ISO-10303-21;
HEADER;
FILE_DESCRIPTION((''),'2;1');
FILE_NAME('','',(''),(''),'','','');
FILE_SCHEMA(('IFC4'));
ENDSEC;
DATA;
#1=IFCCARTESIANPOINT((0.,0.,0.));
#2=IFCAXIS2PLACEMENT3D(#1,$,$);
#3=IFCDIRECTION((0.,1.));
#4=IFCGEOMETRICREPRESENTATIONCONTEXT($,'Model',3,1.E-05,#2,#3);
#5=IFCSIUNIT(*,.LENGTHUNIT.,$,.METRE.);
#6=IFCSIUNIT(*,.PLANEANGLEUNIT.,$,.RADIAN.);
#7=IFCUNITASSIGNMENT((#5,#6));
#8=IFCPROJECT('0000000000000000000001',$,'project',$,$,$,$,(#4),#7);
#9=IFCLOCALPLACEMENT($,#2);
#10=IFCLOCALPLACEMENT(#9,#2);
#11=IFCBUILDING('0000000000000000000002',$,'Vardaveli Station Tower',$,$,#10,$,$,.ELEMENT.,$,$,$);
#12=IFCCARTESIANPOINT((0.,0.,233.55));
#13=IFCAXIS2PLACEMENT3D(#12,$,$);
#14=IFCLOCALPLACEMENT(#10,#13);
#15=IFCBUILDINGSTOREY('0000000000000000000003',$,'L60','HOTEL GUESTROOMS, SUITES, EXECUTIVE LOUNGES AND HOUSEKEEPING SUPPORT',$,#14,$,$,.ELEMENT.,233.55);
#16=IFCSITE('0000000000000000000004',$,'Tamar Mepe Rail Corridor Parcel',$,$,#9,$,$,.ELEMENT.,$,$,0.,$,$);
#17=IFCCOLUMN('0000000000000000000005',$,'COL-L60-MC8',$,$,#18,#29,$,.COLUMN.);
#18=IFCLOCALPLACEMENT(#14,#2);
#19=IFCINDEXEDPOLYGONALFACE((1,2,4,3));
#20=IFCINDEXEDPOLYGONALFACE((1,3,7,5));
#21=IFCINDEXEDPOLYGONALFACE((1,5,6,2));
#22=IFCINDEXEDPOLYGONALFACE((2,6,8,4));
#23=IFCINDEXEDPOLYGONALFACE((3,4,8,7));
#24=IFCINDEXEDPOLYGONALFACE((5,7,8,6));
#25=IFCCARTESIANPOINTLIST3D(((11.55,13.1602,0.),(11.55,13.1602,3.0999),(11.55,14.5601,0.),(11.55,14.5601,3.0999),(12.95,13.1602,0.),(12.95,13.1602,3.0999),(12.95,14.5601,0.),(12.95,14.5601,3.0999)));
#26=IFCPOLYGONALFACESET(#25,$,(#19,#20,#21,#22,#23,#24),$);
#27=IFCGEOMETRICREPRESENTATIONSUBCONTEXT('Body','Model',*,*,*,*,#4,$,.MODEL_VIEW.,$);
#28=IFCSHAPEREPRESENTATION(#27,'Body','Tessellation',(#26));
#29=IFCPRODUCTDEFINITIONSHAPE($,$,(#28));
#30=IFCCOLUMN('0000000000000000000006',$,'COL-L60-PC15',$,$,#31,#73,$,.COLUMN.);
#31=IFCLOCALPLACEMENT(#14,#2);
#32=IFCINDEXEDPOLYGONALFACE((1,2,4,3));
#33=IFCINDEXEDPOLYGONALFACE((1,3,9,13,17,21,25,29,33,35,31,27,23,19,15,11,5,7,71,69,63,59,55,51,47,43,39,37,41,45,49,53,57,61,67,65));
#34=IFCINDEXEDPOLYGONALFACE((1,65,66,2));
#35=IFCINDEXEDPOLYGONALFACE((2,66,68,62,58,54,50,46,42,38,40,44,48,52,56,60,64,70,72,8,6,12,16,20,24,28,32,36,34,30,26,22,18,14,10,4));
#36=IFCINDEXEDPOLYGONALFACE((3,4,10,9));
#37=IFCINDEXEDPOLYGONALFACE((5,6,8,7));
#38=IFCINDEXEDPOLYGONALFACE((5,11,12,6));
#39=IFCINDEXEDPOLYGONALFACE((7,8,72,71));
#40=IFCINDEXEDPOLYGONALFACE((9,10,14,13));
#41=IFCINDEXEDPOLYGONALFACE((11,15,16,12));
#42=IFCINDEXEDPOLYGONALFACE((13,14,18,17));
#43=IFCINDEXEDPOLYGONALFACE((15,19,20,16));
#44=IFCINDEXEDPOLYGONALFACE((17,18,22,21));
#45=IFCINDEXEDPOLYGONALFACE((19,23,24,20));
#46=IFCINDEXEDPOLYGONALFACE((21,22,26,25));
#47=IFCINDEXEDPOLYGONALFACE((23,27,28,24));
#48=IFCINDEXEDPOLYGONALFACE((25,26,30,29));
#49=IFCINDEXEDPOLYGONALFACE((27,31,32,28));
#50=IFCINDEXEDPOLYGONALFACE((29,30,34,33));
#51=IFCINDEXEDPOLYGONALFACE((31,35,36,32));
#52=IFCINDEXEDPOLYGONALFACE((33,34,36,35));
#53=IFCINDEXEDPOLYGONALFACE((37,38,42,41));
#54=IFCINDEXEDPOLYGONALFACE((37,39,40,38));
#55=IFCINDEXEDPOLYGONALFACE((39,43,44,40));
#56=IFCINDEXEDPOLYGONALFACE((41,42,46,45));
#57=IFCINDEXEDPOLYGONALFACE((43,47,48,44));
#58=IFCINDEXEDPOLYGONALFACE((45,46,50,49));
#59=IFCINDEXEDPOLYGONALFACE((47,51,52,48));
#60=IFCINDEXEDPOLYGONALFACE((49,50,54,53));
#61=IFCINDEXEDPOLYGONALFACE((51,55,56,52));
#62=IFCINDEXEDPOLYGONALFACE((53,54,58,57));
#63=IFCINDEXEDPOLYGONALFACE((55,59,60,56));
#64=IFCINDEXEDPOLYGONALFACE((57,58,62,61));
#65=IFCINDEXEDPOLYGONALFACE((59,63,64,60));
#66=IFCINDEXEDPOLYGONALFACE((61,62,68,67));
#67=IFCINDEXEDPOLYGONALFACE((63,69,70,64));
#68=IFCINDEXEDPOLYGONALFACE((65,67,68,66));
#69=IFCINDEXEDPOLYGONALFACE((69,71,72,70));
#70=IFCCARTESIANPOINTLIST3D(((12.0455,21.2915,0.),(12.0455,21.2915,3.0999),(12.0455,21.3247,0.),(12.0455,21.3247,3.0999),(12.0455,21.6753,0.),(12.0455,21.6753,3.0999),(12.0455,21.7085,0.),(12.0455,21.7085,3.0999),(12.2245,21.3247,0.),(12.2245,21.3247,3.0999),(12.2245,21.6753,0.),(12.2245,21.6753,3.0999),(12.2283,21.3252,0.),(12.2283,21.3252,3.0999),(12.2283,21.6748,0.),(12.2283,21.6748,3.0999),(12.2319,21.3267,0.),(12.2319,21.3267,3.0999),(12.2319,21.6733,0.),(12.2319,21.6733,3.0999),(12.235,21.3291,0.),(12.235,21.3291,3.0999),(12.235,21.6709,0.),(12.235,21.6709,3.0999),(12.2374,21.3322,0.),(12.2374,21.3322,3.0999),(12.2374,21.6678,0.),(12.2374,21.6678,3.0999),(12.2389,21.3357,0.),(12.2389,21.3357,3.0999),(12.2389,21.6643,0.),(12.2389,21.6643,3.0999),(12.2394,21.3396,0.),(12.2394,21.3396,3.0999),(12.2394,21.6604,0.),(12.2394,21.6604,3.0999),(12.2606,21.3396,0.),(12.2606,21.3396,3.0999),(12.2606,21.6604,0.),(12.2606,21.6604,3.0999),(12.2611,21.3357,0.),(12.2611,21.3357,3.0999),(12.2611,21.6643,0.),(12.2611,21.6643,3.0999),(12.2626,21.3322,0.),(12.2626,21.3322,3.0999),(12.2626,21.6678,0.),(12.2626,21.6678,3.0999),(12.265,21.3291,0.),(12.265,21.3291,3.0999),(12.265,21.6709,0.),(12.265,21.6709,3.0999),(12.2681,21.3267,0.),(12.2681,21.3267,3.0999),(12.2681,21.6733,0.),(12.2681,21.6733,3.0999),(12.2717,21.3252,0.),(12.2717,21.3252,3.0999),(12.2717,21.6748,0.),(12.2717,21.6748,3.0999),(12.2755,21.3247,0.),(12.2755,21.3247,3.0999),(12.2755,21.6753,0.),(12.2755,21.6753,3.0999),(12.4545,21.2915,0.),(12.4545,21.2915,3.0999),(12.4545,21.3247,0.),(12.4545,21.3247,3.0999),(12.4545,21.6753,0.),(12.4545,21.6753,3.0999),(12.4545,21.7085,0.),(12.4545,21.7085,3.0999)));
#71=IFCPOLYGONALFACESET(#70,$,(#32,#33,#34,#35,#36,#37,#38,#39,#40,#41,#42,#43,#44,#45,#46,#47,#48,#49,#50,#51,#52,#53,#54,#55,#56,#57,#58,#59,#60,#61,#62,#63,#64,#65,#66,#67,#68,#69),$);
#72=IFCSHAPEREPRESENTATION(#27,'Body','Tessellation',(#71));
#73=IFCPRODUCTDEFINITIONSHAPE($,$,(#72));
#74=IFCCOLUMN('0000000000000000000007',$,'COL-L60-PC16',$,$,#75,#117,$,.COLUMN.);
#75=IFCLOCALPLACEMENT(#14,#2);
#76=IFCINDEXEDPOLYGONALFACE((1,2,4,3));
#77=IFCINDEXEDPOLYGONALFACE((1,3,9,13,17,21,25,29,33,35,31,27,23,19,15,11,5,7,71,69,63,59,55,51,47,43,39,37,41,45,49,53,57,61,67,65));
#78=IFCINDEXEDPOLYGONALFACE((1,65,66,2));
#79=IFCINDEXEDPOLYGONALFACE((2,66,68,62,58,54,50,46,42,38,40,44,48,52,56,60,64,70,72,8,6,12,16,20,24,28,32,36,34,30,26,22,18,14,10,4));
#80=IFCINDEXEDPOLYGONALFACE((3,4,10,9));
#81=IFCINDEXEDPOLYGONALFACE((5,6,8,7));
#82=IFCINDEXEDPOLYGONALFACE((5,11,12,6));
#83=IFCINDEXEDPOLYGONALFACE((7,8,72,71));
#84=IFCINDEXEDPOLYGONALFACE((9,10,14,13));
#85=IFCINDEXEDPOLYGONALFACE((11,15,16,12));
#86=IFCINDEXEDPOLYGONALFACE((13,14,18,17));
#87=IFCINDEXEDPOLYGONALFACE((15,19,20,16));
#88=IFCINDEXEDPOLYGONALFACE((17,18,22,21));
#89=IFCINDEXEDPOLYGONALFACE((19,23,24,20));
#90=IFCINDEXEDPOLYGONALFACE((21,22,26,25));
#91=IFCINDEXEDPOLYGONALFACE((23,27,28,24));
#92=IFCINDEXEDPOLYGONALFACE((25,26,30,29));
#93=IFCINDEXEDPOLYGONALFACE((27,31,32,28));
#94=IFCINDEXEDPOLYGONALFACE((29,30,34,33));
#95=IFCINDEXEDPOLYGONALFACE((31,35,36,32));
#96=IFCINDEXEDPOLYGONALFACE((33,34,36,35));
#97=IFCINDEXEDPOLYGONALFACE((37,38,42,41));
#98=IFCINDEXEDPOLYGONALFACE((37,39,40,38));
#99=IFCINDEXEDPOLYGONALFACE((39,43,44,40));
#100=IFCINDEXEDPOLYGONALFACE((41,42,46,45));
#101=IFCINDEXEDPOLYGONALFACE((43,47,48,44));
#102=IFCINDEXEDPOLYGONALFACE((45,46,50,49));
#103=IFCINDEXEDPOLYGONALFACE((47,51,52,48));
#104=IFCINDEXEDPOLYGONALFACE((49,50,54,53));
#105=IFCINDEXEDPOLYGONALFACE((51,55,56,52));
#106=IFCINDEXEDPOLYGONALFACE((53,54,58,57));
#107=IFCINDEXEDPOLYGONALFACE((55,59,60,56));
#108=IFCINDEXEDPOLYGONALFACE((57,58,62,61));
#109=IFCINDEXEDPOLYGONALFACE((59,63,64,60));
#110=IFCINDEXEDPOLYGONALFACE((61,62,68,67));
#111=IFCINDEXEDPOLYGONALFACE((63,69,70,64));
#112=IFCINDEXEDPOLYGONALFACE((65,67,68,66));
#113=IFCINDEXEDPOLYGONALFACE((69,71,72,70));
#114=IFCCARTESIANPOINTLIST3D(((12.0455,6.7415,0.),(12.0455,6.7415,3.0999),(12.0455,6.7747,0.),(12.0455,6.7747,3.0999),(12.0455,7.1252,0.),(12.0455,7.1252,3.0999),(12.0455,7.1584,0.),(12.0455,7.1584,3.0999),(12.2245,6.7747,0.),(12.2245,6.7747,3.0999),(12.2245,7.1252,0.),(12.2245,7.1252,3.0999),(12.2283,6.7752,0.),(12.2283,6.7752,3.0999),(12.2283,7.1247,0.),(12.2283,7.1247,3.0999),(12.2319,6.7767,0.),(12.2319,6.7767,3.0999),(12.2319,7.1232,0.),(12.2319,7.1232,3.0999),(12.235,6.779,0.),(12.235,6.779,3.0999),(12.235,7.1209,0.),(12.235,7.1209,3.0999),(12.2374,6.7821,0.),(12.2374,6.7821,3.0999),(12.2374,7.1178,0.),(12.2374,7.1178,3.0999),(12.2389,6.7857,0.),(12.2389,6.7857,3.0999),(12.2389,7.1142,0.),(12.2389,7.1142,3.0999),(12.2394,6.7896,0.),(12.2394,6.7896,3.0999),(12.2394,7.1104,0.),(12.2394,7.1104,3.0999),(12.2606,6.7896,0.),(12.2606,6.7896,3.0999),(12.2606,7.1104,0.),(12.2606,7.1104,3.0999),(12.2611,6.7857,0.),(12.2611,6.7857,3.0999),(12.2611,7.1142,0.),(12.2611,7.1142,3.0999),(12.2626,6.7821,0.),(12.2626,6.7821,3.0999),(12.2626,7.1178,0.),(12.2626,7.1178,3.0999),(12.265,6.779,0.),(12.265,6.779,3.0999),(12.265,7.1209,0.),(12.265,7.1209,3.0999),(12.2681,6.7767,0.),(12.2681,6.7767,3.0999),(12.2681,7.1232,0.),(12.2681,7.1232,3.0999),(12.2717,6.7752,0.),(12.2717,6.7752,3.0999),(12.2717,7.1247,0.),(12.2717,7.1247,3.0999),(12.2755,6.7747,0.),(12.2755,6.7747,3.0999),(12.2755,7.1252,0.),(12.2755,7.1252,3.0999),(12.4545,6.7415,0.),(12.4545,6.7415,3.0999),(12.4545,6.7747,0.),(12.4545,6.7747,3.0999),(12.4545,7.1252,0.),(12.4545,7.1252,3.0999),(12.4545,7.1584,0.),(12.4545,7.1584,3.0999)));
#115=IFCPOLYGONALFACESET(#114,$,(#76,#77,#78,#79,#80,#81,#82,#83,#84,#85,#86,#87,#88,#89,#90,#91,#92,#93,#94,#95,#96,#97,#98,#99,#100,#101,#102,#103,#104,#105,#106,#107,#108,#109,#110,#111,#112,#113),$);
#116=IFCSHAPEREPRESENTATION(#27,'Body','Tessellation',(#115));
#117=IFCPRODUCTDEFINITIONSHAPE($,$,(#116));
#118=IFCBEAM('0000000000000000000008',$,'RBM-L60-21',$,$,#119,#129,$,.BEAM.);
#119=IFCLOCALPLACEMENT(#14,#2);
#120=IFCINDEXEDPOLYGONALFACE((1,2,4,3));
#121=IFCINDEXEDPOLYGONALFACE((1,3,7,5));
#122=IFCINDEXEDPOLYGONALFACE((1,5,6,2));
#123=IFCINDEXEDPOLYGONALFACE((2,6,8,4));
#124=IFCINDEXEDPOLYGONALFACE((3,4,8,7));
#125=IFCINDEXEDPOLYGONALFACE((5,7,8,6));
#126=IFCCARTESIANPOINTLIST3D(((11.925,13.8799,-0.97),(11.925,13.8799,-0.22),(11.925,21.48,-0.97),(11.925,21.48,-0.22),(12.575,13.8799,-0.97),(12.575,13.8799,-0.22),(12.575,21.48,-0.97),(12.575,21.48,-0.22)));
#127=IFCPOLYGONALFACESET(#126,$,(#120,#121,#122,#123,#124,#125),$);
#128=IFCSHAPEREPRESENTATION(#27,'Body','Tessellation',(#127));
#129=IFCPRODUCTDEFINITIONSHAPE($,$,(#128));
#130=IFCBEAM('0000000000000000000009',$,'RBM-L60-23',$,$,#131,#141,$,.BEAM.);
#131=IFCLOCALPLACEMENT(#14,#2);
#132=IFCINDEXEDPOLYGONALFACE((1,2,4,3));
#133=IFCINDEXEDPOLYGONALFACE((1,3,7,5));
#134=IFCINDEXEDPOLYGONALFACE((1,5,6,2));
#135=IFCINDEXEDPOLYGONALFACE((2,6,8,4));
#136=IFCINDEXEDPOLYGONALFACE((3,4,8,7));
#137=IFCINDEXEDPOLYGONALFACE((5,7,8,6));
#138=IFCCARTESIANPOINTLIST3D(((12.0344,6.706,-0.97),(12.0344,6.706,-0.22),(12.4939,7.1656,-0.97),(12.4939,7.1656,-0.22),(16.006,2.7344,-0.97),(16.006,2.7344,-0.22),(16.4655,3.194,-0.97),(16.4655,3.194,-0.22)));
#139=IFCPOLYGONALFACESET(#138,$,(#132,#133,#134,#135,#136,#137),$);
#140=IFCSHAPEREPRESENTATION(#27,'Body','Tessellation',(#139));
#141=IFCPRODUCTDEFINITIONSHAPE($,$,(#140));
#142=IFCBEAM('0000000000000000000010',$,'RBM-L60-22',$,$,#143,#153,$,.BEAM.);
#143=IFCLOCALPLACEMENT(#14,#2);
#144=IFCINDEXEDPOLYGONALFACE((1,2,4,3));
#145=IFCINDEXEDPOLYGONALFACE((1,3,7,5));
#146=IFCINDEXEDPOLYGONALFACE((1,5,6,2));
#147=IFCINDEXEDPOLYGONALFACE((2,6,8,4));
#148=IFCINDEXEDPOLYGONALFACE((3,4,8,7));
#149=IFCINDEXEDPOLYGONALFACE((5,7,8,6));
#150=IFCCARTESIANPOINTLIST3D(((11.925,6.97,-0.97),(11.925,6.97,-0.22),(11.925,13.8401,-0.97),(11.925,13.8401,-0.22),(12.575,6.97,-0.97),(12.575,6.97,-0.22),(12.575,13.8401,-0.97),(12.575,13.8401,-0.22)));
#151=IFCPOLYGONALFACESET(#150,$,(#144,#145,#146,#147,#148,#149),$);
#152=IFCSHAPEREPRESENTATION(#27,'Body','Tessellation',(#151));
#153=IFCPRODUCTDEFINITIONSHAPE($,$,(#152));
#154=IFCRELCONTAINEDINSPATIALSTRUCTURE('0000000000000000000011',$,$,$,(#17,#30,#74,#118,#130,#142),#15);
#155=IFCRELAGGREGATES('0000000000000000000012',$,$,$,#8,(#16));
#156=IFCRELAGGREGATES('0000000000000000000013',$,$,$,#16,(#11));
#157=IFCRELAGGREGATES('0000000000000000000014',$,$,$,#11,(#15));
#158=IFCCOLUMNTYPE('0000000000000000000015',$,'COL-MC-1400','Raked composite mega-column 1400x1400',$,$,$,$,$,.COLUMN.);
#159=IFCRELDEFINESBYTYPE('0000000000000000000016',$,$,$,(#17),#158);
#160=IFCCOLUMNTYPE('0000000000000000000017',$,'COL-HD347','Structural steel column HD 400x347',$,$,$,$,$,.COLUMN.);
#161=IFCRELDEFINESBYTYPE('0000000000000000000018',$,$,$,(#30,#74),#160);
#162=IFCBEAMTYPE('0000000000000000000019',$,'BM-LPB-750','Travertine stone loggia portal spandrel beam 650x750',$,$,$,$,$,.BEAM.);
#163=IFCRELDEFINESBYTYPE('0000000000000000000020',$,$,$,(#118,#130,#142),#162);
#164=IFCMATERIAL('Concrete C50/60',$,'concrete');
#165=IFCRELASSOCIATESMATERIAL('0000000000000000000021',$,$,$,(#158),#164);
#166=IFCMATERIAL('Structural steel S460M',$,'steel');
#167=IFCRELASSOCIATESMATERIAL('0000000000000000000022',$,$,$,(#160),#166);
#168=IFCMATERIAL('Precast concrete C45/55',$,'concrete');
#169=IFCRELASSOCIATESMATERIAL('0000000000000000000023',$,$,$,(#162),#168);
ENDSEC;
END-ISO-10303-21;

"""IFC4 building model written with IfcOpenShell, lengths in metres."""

from ifc_helpers import new_model, si_unit, direction, frame, origin, origin_2d, place, context, subcontext, project, spatial, rectangle, i_section, extrude, source, transform, mapped, material, material_profile, profile_set, type_object, element, save


model = new_model("IFC4")

# Units and contexts
model_context = context("Model", 3, precision=1e-05, world=origin(), true_north=direction((0.0, 1.0)))
body_context = subcontext(model_context, "Body", "Model", "MODEL_VIEW")
ifc_project = project(units=[si_unit("LENGTHUNIT", "METRE"), si_unit("PLANEANGLEUNIT", "RADIAN")], contexts=[model_context])

# Site, building, storey
site_placement = place(None, origin())
site = spatial("IfcSite", under=ifc_project, at=site_placement, Name="Tamar Mepe Rail Corridor Parcel", CompositionType="ELEMENT", RefElevation=0.0)
building_placement = place(site_placement, origin())
building = spatial("IfcBuilding", under=site, at=building_placement, Name="Vardaveli Station Tower", CompositionType="ELEMENT")
storey_placement = place(building_placement, frame((0.0, 0.0, 233.55)))
storey = spatial("IfcBuildingStorey", under=building, at=storey_placement, Name="L60", Description="HOTEL GUESTROOMS, SUITES, EXECUTIVE LOUNGES AND HOUSEKEEPING SUPPORT", CompositionType="ELEMENT", Elevation=233.55)

# Columns
ifc_material_1 = material(Name="Concrete C50/60", Category="concrete")
ifc_material_profile_1 = material_profile(ifc_material_1, rectangle(XDim=1.3999, YDim=1.3999, at=origin_2d()), Name="MC 1400x1400")
ifc_profile_set_1 = profile_set([ifc_material_profile_1], Name="Concrete C50/60")
column_type_1 = type_object("IfcColumnType", Name="COL-MC-1400", Description="Raked composite mega-column 1400x1400", PredefinedType="COLUMN", material=ifc_profile_set_1)
shared_shape_1 = source(origin(), body_context, "Body", "SweptSolid", [
    extrude(rectangle(XDim=1.3999, YDim=1.3999, at=origin_2d()), origin(), (0.0, 0.0, 1.0), 3.0999),
])
column_placement = place(storey_placement, frame((12.25, 13.8601, 0.0), z_axis=(0.0, 0.0, 1.0), x_axis=(1.0, 0.0, 0.0)))
element("IfcColumn", 1, at=column_placement, inside=storey, type_object=column_type_1, Name="COL-L60-MC8", PredefinedType="COLUMN", context=body_context, shape_type="MappedRepresentation", body=[
    mapped(shared_shape_1, transform((0.0, 0.0, 0.0), scale=1.0)),
])
ifc_material_2 = material(Name="Structural steel S460M", Category="steel")
ifc_material_profile_2 = material_profile(ifc_material_2, i_section(OverallWidth=0.4089, OverallDepth=0.417, WebThickness=0.0212, FlangeThickness=0.0332, FilletRadius=0.0149, at=origin_2d()), Name="HD 400x347")
ifc_profile_set_2 = profile_set([ifc_material_profile_2], Name="Structural steel S460M")
column_type_2 = type_object("IfcColumnType", Name="COL-HD347", Description="Structural steel column HD 400x347", PredefinedType="COLUMN", material=ifc_profile_set_2)
shared_shape_2 = source(origin(), body_context, "Body", "SweptSolid", [
    extrude(i_section(OverallWidth=0.4089, OverallDepth=0.417, WebThickness=0.0212, FlangeThickness=0.0332, FilletRadius=0.0149, at=origin_2d()), origin(), (0.0, 0.0, 1.0), 3.0999),
])
for number, where, z_axis, x_axis, name in (
    (2, (12.25, 21.5, 0.0), (0.0, 0.0, 1.0), (1.0, 0.0, 0.0), "COL-L60-PC15"),
    (3, (12.25, 6.95, 0.0), (0.0, 0.0, 1.0), (1.0, 0.0, 0.0), "COL-L60-PC16"),
):
    element("IfcColumn", number, at=place(storey_placement, frame(where, z_axis=z_axis, x_axis=x_axis)), inside=storey, type_object=column_type_2, Name=name, PredefinedType="COLUMN", context=body_context, shape_type="MappedRepresentation", body=[
        mapped(shared_shape_2, transform((0.0, 0.0, 0.0), scale=1.0)),
    ])

# Beams
ifc_material_3 = material(Name="Precast concrete C45/55", Category="concrete")
ifc_material_profile_3 = material_profile(ifc_material_3, rectangle(XDim=0.6499, YDim=0.75, at=origin_2d()), Name="LPB 650x750")
ifc_profile_set_3 = profile_set([ifc_material_profile_3], Name="Precast concrete C45/55")
beam_type_1 = type_object("IfcBeamType", Name="BM-LPB-750", Description="Travertine stone loggia portal spandrel beam 650x750", PredefinedType="BEAM", material=ifc_profile_set_3)
shared_shape_3 = source(origin(), body_context, "Body", "SweptSolid", [
    extrude(rectangle(XDim=0.6499, YDim=0.75, at=origin_2d()), origin(), (0.0, 0.0, 1.0), 7.6001),
])
beam_1_placement = place(storey_placement, frame((12.25, 21.48, -0.595), z_axis=(0.0, -1.0, 0.0), x_axis=(1.0, 0.0, 0.0)))
element("IfcBeam", 4, at=beam_1_placement, inside=storey, type_object=beam_type_1, Name="RBM-L60-21", PredefinedType="BEAM", context=body_context, shape_type="MappedRepresentation", body=[
    mapped(shared_shape_3, transform((0.0, 0.0, 0.0), scale=1.0)),
])
shared_shape_4 = source(origin(), body_context, "Body", "SweptSolid", [
    extrude(rectangle(XDim=0.6499, YDim=0.75, at=origin_2d()), origin(), (0.0, 0.0, 1.0), 5.6167),
])
beam_2_placement = place(storey_placement, frame((12.2642, 6.9358, -0.595), z_axis=(0.707107, -0.707107, 0.0), x_axis=(0.707107, 0.707107, 0.0)))
element("IfcBeam", 5, at=beam_2_placement, inside=storey, type_object=beam_type_1, Name="RBM-L60-23", PredefinedType="BEAM", context=body_context, shape_type="MappedRepresentation", body=[
    mapped(shared_shape_4, transform((0.0, 0.0, 0.0), scale=1.0)),
])
shared_shape_5 = source(origin(), body_context, "Body", "SweptSolid", [
    extrude(rectangle(XDim=0.6499, YDim=0.75, at=origin_2d()), origin(), (0.0, 0.0, 1.0), 6.8701),
])
beam_3_placement = place(storey_placement, frame((12.25, 13.8401, -0.595), z_axis=(0.0, -1.0, 0.0), x_axis=(1.0, 0.0, 0.0)))
element("IfcBeam", 6, at=beam_3_placement, inside=storey, type_object=beam_type_1, Name="RBM-L60-22", PredefinedType="BEAM", context=body_context, shape_type="MappedRepresentation", body=[
    mapped(shared_shape_5, transform((0.0, 0.0, 0.0), scale=1.0)),
])

save(model, "model.ifc")
